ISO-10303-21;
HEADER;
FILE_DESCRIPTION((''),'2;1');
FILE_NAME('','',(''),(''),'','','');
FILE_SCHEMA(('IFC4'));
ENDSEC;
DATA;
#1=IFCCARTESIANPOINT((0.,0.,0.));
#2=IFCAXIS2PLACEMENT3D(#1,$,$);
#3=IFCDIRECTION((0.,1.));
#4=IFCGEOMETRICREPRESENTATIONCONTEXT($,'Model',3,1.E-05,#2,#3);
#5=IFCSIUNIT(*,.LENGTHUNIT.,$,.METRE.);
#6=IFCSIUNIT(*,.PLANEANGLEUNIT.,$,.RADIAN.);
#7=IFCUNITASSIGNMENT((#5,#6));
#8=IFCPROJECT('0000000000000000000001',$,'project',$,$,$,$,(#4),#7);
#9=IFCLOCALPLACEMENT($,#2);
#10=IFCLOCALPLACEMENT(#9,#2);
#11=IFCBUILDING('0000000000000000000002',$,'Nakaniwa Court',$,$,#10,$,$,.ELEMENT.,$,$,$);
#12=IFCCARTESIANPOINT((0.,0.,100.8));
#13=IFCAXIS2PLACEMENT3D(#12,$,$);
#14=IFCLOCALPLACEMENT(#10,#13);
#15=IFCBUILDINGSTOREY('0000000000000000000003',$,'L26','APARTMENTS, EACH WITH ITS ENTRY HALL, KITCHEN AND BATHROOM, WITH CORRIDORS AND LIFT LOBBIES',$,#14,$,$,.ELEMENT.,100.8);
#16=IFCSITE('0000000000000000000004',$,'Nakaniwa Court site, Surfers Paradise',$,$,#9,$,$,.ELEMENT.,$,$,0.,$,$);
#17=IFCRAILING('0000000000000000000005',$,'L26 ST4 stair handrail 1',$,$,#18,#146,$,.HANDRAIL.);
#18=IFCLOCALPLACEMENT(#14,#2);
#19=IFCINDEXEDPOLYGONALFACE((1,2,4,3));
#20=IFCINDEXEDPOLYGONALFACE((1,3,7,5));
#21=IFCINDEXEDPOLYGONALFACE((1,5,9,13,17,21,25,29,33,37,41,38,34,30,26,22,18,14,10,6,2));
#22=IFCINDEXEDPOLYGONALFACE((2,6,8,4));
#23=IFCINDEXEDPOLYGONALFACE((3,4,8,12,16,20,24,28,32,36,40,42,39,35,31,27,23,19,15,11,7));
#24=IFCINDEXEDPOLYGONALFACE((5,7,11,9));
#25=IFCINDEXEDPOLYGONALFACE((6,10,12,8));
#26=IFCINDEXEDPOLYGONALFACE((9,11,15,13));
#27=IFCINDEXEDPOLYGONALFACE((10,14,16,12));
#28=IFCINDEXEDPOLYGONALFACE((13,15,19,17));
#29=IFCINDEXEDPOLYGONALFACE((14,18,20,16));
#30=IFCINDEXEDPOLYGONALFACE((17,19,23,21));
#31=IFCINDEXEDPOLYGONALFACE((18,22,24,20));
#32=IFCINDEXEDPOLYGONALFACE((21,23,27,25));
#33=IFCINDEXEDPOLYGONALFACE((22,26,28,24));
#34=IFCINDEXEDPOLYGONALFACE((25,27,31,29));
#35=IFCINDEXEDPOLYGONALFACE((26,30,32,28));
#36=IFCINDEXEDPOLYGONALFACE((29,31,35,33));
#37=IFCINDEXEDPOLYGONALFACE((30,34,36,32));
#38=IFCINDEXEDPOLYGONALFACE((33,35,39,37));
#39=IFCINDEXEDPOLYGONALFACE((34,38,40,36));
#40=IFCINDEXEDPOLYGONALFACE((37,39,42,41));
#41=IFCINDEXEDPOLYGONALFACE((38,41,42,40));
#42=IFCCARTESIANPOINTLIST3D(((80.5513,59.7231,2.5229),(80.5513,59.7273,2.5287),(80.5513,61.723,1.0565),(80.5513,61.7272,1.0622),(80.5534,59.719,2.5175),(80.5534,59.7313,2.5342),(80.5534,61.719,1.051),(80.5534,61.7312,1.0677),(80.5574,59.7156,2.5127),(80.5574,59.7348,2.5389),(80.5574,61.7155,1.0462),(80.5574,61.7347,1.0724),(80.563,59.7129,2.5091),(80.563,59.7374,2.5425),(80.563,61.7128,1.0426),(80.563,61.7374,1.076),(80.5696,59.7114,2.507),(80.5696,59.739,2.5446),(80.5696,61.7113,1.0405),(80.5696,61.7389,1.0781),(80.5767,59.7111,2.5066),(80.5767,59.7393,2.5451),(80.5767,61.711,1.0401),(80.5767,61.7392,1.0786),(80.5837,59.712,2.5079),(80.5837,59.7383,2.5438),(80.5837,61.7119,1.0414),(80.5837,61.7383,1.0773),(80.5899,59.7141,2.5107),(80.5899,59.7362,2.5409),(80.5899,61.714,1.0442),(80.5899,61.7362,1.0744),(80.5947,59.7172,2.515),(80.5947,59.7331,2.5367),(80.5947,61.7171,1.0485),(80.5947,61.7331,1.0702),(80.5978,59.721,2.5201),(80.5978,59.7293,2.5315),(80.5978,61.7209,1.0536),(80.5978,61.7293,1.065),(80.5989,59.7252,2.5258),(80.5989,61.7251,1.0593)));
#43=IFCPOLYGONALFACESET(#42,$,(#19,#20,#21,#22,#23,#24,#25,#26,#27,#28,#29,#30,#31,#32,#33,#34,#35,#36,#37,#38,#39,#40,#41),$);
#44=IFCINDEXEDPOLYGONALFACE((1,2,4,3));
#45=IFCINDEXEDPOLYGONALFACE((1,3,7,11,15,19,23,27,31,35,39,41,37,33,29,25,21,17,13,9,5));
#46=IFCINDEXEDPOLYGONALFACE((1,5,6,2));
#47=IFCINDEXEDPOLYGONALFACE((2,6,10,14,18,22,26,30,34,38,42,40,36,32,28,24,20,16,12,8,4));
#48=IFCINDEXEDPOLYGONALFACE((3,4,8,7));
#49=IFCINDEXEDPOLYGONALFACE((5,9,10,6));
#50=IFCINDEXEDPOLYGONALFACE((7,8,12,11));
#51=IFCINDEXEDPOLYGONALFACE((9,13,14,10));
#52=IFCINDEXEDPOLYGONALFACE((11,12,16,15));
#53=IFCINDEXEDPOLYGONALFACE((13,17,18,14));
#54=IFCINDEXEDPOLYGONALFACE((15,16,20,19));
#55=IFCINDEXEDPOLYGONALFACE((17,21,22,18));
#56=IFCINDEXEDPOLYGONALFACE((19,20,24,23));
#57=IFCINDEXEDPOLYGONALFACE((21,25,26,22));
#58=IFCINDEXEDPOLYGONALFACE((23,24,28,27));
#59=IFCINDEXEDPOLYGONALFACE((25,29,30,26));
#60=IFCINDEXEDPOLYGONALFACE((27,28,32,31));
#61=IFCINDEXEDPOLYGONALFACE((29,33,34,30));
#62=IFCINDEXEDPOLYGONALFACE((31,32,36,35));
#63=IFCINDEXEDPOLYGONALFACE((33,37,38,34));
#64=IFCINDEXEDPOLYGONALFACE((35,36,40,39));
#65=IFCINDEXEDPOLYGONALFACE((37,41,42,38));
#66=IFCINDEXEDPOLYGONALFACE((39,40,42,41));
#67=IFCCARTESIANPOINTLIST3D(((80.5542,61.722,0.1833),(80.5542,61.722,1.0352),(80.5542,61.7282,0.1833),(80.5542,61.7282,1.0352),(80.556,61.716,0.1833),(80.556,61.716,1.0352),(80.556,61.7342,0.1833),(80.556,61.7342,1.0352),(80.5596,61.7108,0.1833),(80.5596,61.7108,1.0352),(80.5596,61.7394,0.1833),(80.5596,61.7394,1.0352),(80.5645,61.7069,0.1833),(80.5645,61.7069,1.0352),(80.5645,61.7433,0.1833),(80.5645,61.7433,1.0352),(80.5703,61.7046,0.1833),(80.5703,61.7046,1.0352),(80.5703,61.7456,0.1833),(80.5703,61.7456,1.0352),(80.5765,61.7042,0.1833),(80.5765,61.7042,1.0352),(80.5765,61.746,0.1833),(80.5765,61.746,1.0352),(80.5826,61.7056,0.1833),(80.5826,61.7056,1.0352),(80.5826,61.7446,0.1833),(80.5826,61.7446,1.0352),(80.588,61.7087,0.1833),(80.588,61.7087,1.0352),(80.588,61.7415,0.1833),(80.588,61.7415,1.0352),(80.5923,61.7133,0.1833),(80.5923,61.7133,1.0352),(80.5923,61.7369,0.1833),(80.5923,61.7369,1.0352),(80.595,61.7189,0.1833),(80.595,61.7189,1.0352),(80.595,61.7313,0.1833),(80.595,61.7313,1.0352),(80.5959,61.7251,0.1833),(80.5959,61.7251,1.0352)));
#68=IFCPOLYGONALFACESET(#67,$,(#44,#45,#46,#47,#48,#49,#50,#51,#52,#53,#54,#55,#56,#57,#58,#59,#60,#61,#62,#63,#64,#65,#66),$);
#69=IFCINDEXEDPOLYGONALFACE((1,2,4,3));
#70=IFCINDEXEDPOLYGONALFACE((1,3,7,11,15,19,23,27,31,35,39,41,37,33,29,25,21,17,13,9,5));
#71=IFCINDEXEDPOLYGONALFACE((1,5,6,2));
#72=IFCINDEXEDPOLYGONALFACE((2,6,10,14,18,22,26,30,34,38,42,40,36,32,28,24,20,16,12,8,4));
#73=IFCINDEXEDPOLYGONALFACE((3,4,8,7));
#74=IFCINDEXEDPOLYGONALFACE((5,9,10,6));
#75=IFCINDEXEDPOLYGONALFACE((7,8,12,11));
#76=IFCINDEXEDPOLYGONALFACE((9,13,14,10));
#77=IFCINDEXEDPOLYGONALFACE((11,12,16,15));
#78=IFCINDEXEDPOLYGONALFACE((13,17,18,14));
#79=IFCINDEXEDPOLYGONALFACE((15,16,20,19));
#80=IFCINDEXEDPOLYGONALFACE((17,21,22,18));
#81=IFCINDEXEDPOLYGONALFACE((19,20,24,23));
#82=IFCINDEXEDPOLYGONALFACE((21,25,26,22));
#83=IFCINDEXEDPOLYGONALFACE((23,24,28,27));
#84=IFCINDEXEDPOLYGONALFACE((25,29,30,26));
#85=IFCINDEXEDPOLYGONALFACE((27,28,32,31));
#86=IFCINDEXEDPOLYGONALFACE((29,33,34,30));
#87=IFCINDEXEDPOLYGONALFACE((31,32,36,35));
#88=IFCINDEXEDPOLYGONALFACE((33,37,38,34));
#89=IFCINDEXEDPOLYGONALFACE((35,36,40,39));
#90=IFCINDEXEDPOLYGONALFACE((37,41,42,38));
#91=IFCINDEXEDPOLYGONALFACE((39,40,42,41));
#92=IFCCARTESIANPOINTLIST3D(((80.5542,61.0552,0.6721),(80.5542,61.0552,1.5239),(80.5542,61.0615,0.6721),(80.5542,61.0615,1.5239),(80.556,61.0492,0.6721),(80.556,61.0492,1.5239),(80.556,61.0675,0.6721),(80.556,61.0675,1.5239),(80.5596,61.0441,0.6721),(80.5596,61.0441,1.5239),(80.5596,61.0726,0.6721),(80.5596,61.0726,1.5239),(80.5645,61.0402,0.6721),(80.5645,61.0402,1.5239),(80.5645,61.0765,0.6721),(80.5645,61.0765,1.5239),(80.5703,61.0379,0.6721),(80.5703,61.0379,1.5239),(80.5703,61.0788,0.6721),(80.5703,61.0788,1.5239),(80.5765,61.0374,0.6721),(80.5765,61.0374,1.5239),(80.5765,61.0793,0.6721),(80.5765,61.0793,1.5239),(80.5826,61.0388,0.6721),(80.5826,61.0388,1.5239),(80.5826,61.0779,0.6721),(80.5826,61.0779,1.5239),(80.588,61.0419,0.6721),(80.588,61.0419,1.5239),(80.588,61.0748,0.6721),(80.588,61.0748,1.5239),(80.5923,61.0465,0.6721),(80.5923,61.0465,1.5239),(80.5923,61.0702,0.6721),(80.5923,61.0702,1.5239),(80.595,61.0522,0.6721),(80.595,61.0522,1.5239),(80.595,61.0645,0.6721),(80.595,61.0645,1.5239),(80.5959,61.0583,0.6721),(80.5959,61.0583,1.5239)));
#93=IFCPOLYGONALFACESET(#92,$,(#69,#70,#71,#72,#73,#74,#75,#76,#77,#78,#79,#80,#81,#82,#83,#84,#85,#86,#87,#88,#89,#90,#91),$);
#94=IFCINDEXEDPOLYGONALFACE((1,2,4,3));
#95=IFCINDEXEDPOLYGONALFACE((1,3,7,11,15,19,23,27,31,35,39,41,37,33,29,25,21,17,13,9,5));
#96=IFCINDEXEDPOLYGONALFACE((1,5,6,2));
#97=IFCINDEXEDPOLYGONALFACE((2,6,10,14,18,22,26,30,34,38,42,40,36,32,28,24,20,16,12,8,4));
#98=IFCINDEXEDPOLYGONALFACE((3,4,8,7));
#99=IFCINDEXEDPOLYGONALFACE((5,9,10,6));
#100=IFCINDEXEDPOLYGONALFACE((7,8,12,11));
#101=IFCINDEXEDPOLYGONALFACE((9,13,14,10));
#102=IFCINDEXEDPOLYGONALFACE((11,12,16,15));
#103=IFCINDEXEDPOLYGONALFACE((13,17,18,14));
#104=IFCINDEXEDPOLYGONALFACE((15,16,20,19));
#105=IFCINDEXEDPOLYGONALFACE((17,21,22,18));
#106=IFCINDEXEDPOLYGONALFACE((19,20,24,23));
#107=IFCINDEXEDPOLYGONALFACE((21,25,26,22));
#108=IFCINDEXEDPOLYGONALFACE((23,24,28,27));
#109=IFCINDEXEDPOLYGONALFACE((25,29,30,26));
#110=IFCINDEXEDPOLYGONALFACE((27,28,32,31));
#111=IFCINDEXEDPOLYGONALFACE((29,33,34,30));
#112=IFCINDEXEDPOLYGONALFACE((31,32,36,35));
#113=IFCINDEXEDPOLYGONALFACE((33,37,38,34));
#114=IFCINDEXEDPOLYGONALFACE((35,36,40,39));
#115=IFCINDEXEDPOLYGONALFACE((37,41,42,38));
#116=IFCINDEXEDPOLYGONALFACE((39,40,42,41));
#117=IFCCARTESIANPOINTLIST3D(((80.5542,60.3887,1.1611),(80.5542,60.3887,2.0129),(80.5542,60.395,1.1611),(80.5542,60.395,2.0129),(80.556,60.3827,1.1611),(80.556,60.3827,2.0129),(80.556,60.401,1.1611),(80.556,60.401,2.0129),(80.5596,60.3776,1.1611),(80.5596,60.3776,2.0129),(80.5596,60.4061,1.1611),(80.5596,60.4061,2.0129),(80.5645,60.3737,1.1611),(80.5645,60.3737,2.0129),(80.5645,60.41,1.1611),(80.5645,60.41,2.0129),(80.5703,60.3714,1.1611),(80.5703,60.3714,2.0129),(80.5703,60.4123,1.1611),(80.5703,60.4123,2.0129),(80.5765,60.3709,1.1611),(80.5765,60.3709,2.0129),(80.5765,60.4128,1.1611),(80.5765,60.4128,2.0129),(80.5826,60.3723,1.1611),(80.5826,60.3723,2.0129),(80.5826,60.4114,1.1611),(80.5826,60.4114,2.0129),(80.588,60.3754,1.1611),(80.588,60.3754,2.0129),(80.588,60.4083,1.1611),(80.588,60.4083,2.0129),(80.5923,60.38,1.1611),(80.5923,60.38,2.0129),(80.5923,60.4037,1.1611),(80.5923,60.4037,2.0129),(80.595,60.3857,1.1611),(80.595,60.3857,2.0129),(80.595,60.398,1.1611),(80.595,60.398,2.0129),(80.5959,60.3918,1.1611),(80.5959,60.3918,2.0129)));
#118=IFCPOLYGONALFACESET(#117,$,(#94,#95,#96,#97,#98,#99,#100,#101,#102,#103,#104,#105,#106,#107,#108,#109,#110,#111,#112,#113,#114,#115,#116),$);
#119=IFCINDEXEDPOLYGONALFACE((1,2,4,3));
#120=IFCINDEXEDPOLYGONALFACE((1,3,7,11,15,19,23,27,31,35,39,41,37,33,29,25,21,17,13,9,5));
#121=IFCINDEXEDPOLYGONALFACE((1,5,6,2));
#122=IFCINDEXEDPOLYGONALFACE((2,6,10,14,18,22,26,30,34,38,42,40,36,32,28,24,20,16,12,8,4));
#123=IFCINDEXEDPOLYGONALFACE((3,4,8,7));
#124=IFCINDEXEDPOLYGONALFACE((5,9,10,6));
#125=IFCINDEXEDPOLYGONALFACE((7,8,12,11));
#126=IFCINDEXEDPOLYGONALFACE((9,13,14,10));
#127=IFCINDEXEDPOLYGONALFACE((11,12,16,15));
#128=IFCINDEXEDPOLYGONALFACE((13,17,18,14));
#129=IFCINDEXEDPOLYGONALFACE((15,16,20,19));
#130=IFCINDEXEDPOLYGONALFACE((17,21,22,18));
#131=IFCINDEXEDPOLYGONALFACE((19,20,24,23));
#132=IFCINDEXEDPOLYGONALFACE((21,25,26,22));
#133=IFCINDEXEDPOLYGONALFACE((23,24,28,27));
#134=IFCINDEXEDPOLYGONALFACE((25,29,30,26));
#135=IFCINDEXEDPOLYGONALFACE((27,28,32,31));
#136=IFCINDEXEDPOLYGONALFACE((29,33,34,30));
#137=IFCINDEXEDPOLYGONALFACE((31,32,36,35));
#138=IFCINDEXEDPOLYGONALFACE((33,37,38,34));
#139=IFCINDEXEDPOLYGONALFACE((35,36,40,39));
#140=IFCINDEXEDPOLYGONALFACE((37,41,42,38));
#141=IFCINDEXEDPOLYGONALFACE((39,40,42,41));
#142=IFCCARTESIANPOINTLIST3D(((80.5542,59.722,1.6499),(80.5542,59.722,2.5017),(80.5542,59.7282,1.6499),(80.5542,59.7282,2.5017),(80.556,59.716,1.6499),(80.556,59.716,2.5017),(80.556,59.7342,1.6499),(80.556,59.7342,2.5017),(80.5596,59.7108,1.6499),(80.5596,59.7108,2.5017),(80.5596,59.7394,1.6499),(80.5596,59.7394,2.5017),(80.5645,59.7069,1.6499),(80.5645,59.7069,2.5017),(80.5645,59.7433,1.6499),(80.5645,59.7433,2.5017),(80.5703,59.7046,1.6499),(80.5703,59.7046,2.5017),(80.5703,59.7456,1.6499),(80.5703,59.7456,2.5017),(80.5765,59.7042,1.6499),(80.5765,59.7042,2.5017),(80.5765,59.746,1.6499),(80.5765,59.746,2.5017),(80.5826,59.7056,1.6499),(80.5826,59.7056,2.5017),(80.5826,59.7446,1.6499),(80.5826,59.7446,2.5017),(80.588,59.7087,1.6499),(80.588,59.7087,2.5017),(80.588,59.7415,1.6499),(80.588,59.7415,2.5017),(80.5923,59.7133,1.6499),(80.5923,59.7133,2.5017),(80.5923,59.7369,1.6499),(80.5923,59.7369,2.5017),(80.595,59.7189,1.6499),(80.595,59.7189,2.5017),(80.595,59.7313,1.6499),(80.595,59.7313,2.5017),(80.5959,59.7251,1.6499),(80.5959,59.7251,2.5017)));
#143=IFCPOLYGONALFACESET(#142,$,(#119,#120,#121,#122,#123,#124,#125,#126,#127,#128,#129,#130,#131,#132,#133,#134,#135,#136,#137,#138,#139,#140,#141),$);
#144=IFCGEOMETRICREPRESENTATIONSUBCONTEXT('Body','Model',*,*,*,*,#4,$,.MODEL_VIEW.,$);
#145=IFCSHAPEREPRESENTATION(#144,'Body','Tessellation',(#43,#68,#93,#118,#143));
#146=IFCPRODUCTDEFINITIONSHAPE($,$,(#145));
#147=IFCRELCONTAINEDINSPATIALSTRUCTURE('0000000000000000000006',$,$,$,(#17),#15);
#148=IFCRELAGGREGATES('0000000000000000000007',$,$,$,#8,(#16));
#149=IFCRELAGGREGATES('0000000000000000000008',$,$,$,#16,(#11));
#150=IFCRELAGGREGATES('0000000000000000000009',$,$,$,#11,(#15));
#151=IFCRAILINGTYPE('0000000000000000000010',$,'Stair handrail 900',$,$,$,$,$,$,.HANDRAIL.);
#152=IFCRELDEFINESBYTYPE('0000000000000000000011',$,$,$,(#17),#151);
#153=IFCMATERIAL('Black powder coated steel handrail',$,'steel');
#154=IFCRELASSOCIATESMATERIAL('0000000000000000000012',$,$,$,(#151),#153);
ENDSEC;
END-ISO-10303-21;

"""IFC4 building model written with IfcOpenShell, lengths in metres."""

from ifc_helpers import new_model, si_unit, direction, frame, origin, origin_2d, place, context, subcontext, project, spatial, circle, extrude, material, type_object, element, save


model = new_model("IFC4")

# Units and contexts
model_context = context("Model", 3, precision=1e-05, world=origin(), true_north=direction((0.0, 1.0)))
body_context = subcontext(model_context, "Body", "Model", "MODEL_VIEW")
ifc_project = project(units=[si_unit("LENGTHUNIT", "METRE"), si_unit("PLANEANGLEUNIT", "RADIAN")], contexts=[model_context])

# Site, building, storey
site_placement = place(None, origin())
site = spatial("IfcSite", under=ifc_project, at=site_placement, Name="Nakaniwa Court site, Surfers Paradise", CompositionType="ELEMENT", RefElevation=0.0)
building_placement = place(site_placement, origin())
building = spatial("IfcBuilding", under=site, at=building_placement, Name="Nakaniwa Court", CompositionType="ELEMENT")
storey_placement = place(building_placement, frame((0.0, 0.0, 100.8)))
storey = spatial("IfcBuildingStorey", under=building, at=storey_placement, Name="L26", Description="APARTMENTS, EACH WITH ITS ENTRY HALL, KITCHEN AND BATHROOM, WITH CORRIDORS AND LIFT LOBBIES", CompositionType="ELEMENT", Elevation=100.8)

# Railing
ifc_material_1 = material(Name="Black powder coated steel handrail", Category="steel")
railing_type_1 = type_object("IfcRailingType", Name="Stair handrail 900", PredefinedType="HANDRAIL", material=ifc_material_1)
railing_1_placement = place(storey_placement, frame((80.575, 61.7251, 0.1833)))
element("IfcRailing", 1, at=railing_1_placement, inside=storey, type_object=railing_type_1, Name="L26 ST4 stair handrail 1", PredefinedType="HANDRAIL", context=body_context, shape_type="SweptSolid", body=[
    extrude(circle(Radius=0.0239, at=origin_2d()), frame((0.0, 0.0, 0.876), z_axis=(0.0, -0.806427, 0.591334), x_axis=(1.0, 0.0, 0.0)), (0.0, 0.0, 1.0), 2.48),
    extrude(circle(Radius=0.021, at=origin_2d()), origin(), (0.0, 0.0, 1.0), 0.8518),
    extrude(circle(Radius=0.021, at=origin_2d()), frame((0.0, -0.6667, 0.4888)), (0.0, 0.0, 1.0), 0.8518),
    extrude(circle(Radius=0.021, at=origin_2d()), frame((0.0, -1.3333, 0.9778)), (0.0, 0.0, 1.0), 0.8518),
    extrude(circle(Radius=0.021, at=origin_2d()), frame((0.0, -2.0, 1.4666)), (0.0, 0.0, 1.0), 0.8518),
])

save(model, "model.ifc")
